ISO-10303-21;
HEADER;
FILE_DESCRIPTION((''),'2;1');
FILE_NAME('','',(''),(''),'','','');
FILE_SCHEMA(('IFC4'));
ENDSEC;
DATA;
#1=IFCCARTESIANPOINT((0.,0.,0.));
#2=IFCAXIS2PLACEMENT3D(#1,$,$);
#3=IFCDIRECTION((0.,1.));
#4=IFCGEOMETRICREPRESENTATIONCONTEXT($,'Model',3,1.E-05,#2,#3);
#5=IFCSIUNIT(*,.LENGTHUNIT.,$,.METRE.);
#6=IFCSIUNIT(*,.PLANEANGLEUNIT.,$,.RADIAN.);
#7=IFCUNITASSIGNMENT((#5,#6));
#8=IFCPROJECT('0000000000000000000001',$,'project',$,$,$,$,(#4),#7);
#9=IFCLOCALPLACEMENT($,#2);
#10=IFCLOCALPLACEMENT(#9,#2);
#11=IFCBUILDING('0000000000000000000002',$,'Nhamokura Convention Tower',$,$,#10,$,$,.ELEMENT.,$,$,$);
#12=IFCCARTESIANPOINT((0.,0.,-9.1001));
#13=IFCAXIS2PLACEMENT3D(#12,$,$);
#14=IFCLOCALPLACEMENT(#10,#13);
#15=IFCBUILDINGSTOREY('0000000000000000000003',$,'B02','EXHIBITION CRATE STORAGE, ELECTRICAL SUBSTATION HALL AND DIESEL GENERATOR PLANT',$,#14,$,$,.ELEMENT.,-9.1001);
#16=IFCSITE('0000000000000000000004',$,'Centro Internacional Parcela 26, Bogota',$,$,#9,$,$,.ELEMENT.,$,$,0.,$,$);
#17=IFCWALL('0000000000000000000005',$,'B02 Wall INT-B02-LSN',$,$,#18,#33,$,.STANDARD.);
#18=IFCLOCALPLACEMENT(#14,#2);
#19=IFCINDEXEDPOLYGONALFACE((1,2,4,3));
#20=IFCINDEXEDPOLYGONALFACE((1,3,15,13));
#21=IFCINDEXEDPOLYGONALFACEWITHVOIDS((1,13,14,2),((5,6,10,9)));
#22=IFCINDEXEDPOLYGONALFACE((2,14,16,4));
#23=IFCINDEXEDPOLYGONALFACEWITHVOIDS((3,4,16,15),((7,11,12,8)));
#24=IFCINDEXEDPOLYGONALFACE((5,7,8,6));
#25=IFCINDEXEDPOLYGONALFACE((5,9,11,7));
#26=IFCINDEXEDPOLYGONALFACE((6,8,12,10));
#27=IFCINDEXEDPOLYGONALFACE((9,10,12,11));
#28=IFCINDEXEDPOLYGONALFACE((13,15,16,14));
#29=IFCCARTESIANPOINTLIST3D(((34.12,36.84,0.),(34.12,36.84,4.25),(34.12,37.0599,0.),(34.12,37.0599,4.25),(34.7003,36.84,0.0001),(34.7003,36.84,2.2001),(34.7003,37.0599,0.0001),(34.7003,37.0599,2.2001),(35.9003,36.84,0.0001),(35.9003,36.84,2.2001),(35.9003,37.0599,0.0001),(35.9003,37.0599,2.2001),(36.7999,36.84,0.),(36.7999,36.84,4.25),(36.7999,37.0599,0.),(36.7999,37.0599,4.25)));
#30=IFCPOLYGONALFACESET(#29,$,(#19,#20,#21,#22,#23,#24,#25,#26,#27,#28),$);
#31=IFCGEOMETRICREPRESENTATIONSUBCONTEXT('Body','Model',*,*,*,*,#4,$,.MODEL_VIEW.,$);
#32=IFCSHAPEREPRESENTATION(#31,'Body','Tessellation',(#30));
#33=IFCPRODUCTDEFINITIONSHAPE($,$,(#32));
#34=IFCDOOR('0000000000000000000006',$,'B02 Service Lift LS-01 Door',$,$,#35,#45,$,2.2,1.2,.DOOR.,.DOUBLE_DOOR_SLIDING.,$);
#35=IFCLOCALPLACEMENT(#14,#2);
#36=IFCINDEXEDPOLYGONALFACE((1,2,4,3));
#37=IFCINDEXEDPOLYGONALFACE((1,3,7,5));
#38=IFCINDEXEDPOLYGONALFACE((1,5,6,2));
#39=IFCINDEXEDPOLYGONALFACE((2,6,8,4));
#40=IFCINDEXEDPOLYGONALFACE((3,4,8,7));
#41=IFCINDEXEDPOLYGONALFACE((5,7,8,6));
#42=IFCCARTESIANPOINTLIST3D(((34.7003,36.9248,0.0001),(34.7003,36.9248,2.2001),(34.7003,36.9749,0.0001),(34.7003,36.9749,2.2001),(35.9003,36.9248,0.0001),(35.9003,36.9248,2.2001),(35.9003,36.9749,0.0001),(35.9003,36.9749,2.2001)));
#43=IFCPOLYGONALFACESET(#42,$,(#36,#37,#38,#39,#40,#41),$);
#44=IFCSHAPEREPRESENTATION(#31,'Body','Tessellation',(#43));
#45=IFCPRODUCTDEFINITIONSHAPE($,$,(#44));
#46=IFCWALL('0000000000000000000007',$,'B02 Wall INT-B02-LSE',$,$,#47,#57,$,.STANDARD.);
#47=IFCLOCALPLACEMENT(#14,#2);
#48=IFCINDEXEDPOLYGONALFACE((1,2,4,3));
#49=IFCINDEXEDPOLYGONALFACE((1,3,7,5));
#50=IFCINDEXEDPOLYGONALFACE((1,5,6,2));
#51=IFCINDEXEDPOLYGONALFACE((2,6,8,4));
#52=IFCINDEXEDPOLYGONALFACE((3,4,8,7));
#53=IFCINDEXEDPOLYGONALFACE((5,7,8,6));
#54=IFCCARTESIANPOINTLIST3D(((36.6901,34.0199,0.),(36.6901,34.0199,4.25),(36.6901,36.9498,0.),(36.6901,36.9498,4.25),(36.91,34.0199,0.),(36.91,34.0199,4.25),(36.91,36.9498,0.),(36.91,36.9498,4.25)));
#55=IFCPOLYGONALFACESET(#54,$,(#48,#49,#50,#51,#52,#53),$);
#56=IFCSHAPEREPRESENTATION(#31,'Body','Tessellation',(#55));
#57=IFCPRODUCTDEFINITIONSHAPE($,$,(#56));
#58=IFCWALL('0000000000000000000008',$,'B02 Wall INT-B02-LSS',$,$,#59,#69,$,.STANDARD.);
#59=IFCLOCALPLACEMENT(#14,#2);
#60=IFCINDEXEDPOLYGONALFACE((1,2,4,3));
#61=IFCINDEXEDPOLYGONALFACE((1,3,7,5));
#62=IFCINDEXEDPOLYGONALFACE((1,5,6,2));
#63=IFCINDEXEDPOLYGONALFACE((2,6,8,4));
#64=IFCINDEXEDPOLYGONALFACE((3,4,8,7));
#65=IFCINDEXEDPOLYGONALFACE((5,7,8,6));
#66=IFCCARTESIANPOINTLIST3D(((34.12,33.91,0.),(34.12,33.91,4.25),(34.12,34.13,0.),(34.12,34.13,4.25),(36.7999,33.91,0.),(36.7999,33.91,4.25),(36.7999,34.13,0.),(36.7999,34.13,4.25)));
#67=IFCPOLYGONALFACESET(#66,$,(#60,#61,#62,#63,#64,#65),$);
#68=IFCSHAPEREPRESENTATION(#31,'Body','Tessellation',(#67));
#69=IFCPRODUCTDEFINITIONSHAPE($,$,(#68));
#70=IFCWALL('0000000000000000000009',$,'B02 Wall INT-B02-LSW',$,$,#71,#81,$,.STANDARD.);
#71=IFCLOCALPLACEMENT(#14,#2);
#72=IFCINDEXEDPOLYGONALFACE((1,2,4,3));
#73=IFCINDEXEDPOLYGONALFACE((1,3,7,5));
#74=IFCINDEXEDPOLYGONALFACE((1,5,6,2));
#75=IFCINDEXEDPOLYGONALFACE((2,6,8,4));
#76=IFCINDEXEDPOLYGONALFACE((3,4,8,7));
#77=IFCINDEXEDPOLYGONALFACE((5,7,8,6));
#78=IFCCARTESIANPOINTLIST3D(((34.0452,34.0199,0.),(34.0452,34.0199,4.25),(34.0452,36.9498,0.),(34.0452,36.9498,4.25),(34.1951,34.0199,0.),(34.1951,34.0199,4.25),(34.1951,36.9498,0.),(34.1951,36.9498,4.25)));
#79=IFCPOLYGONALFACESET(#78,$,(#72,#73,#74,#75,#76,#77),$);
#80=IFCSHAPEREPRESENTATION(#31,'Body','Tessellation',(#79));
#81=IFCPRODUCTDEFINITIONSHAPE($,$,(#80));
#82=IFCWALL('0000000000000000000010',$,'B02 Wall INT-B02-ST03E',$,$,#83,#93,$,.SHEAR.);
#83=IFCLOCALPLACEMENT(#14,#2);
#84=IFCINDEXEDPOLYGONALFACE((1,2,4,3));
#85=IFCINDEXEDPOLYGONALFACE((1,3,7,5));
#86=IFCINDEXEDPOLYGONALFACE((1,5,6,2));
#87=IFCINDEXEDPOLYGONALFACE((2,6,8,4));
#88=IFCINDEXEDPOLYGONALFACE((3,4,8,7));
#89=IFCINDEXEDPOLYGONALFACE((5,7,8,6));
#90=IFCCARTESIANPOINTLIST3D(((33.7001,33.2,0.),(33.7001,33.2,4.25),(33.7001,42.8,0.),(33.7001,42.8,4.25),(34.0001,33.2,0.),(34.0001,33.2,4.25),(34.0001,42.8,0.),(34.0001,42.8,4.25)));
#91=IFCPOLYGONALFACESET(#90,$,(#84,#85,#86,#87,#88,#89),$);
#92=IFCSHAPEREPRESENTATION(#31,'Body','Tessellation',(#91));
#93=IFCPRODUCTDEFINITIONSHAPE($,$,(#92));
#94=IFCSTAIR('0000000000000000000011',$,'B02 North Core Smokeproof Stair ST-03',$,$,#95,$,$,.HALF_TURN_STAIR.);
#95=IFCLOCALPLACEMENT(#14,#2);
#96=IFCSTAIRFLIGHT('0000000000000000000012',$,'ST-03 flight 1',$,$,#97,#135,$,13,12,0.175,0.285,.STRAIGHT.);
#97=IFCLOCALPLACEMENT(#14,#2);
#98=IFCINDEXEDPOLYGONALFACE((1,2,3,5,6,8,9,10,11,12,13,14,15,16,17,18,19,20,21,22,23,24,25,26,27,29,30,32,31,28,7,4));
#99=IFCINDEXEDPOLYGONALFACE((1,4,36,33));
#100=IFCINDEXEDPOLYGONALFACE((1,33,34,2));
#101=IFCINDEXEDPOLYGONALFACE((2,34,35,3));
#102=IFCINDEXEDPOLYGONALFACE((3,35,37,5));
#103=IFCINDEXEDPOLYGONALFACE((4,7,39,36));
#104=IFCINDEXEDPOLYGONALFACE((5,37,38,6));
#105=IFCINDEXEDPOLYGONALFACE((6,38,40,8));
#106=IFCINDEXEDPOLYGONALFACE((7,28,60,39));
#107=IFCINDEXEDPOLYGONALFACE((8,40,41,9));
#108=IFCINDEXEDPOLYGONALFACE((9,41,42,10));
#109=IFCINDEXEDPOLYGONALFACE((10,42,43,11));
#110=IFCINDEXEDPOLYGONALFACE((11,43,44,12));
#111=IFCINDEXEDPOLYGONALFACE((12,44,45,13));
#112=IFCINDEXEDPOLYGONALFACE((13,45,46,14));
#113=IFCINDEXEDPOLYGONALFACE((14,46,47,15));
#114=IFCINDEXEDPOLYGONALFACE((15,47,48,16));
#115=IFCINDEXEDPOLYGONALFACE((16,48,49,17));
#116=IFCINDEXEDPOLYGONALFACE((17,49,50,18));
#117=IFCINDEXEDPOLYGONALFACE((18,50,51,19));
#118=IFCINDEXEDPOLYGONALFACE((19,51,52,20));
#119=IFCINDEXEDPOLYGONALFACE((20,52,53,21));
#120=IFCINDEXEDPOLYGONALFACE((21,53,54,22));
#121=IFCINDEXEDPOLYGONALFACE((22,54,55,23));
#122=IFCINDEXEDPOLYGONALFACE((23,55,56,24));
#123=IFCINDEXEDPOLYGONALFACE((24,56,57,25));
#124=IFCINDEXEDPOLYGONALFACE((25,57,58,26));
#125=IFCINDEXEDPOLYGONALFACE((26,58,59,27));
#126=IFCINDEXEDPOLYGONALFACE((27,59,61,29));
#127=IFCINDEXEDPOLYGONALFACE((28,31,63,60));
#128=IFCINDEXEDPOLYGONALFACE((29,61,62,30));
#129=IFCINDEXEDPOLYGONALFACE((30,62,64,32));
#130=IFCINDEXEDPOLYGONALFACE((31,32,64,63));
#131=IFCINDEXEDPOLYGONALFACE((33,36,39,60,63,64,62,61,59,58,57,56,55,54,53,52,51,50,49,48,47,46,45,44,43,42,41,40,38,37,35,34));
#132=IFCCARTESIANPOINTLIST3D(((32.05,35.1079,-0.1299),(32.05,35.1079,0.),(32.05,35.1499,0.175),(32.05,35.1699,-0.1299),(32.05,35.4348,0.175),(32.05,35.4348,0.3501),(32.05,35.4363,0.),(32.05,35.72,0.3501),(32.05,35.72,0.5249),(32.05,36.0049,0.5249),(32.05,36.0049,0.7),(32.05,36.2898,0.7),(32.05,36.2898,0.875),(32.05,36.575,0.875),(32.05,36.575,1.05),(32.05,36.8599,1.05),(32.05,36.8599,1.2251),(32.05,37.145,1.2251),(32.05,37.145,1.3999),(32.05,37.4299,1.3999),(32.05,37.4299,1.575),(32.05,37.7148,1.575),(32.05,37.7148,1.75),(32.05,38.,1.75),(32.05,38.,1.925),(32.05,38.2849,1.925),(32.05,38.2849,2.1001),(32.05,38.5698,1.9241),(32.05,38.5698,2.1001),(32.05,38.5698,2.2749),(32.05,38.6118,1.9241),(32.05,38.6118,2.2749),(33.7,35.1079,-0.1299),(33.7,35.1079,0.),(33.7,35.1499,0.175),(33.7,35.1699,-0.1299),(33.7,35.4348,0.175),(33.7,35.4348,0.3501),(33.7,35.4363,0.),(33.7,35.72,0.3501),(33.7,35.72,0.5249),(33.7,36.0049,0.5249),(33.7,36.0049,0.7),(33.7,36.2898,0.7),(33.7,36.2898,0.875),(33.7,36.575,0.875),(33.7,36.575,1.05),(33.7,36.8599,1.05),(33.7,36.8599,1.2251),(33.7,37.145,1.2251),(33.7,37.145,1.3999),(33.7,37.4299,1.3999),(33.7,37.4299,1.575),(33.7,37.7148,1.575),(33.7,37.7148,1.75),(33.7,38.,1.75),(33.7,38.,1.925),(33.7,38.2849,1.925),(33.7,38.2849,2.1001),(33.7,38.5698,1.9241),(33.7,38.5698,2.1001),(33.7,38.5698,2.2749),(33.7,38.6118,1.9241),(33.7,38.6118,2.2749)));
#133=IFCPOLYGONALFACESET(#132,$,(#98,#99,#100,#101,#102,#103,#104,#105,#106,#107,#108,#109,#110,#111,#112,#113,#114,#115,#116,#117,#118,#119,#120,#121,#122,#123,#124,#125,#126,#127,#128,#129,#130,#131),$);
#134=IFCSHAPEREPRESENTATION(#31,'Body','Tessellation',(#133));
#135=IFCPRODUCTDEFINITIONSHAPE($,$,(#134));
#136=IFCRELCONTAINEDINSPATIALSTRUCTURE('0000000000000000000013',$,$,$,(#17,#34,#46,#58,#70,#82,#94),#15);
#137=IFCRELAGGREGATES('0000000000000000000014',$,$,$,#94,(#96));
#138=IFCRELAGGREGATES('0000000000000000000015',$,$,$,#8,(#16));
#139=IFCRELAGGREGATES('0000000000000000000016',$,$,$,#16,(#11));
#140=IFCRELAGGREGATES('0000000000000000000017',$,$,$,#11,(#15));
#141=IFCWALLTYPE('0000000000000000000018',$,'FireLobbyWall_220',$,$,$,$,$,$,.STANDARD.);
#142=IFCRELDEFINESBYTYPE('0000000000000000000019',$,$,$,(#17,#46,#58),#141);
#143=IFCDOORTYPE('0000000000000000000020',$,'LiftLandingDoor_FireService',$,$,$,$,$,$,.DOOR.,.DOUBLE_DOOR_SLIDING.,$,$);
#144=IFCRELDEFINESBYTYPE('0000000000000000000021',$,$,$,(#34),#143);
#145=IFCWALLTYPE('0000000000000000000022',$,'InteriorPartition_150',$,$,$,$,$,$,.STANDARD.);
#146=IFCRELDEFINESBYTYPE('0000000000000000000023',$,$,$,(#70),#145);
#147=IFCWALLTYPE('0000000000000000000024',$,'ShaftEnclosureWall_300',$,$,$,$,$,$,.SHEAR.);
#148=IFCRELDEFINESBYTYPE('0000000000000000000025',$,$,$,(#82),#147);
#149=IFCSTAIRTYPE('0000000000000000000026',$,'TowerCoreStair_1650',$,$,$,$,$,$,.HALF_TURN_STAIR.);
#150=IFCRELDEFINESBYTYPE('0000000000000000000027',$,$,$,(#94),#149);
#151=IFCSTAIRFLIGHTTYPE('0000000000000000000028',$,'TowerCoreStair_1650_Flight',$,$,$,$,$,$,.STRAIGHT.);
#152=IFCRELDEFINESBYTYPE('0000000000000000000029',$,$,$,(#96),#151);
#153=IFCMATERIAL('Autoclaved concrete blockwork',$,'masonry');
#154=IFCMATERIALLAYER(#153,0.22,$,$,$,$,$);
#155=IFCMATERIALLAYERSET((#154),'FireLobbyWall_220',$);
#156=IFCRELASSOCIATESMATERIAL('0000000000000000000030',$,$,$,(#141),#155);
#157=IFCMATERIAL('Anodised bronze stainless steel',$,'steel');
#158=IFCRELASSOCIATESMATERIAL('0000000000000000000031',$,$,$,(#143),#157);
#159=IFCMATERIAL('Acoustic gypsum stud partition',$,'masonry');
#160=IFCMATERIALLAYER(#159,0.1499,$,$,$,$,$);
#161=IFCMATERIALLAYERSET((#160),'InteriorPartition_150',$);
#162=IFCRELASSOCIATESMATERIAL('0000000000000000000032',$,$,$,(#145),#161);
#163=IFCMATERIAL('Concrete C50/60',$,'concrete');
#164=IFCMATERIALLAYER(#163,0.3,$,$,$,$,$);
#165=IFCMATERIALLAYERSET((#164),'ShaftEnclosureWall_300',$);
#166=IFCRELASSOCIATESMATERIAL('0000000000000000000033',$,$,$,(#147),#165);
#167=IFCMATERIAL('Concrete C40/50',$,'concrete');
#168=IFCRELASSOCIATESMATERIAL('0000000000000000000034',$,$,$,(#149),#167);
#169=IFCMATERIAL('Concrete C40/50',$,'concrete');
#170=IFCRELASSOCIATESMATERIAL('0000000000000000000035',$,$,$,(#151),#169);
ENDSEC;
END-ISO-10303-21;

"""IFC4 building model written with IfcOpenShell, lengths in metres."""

from ifc_helpers import new_model, si_unit, direction, frame, frame_2d, origin, place, context, subcontext, project, spatial, polyline, rectangle, outline, extrude, material, layer, layer_set, type_object, element, fill, aggregate, save


model = new_model("IFC4")

# Units and contexts
model_context = context("Model", 3, precision=1e-05, world=origin(), true_north=direction((0.0, 1.0)))
body_context = subcontext(model_context, "Body", "Model", "MODEL_VIEW")
ifc_project = project(units=[si_unit("LENGTHUNIT", "METRE"), si_unit("PLANEANGLEUNIT", "RADIAN")], contexts=[model_context])

# Site, building, storey
site_placement = place(None, origin())
site = spatial("IfcSite", under=ifc_project, at=site_placement, Name="Centro Internacional Parcela 26, Bogota", CompositionType="ELEMENT", RefElevation=0.0)
building_placement = place(site_placement, origin())
building = spatial("IfcBuilding", under=site, at=building_placement, Name="Nhamokura Convention Tower", CompositionType="ELEMENT")
storey_placement = place(building_placement, frame((0.0, 0.0, -9.1001)))
storey = spatial("IfcBuildingStorey", under=building, at=storey_placement, Name="B02", Description="EXHIBITION CRATE STORAGE, ELECTRICAL SUBSTATION HALL AND DIESEL GENERATOR PLANT", CompositionType="ELEMENT", Elevation=-9.1001)

# Shared definitions
ifc_material_1 = material(Name="Autoclaved concrete blockwork", Category="masonry")
ifc_layer_1 = layer(ifc_material_1, 0.22)
ifc_layer_set_1 = layer_set([ifc_layer_1], Name="FireLobbyWall_220")
wall_type_1 = type_object("IfcWallType", Name="FireLobbyWall_220", PredefinedType="STANDARD", material=ifc_layer_set_1)
ifc_material_2 = material(Name="Anodised bronze stainless steel", Category="steel")
door_type = type_object("IfcDoorType", Name="LiftLandingDoor_FireService", OperationType="DOUBLE_DOOR_SLIDING", PredefinedType="DOOR", material=ifc_material_2)

# Wall, opening, door
wall_1_placement = place(storey_placement, frame((34.1201, 36.95, 0.0), z_axis=(0.0, 0.0, 1.0), x_axis=(1.0, 0.0, 0.0)))
wall_1 = element("IfcWall", 1, at=wall_1_placement, inside=storey, type_object=wall_type_1, Name="B02 Wall INT-B02-LSN", PredefinedType="STANDARD", context=body_context, shape_type="SweptSolid", body=[
    extrude(rectangle(XDim=2.6799, YDim=0.22, at=frame_2d((1.3398, 0.0))), origin(), (0.0, 0.0, 1.0), 4.25),
])
opening_1_placement = place(wall_1_placement, frame((0.5801, 0.0, 0.0)))
opening_1 = element("IfcOpeningElement", 2, at=opening_1_placement, cuts=wall_1, PredefinedType="OPENING", context=body_context, shape_type="SweptSolid", body=[
    extrude(rectangle(XDim=1.2, YDim=2.2, at=frame_2d((0.6001, 1.1001))), frame((0.0, 0.1199, 0.0), z_axis=(0.0, -1.0, 0.0), x_axis=(1.0, 0.0, 0.0)), (0.0, 0.0, 1.0), 0.24),
])
door_1_placement = place(opening_1_placement, origin())
door_1 = element("IfcDoor", 3, at=door_1_placement, inside=storey, type_object=door_type, Name="B02 Service Lift LS-01 Door", OperationType="DOUBLE_DOOR_SLIDING", OverallHeight=2.2, OverallWidth=1.2, PredefinedType="DOOR", context=body_context, shape_type="SweptSolid", body=[
    extrude(rectangle(XDim=1.2, YDim=2.2, at=frame_2d((0.6001, 1.1001))), frame((0.0, 0.0249, 0.0), z_axis=(0.0, -1.0, 0.0), x_axis=(1.0, 0.0, 0.0)), (0.0, 0.0, 1.0), 0.05),
])
fill(opening_1, door_1)

# Walls
wall_2_placement = place(storey_placement, frame((36.8, 34.02, 0.0), z_axis=(0.0, 0.0, 1.0), x_axis=(0.0, 1.0, 0.0)))
element("IfcWall", 4, at=wall_2_placement, inside=storey, type_object=wall_type_1, Name="B02 Wall INT-B02-LSE", PredefinedType="STANDARD", context=body_context, shape_type="SweptSolid", body=[
    extrude(rectangle(XDim=2.9299, YDim=0.22, at=frame_2d((1.4648, 0.0))), origin(), (0.0, 0.0, 1.0), 4.25),
])
wall_3_placement = place(storey_placement, frame((34.1201, 34.02, 0.0), z_axis=(0.0, 0.0, 1.0), x_axis=(1.0, 0.0, 0.0)))
element("IfcWall", 5, at=wall_3_placement, inside=storey, type_object=wall_type_1, Name="B02 Wall INT-B02-LSS", PredefinedType="STANDARD", context=body_context, shape_type="SweptSolid", body=[
    extrude(rectangle(XDim=2.6799, YDim=0.22, at=frame_2d((1.3398, 0.0))), origin(), (0.0, 0.0, 1.0), 4.25),
])
ifc_material_3 = material(Name="Acoustic gypsum stud partition", Category="masonry")
ifc_layer_2 = layer(ifc_material_3, 0.1499)
ifc_layer_set_2 = layer_set([ifc_layer_2], Name="InteriorPartition_150")
wall_type_2 = type_object("IfcWallType", Name="InteriorPartition_150", PredefinedType="STANDARD", material=ifc_layer_set_2)
wall_4_placement = place(storey_placement, frame((34.1201, 34.02, 0.0), z_axis=(0.0, 0.0, 1.0), x_axis=(0.0, 1.0, 0.0)))
element("IfcWall", 6, at=wall_4_placement, inside=storey, type_object=wall_type_2, Name="B02 Wall INT-B02-LSW", PredefinedType="STANDARD", context=body_context, shape_type="SweptSolid", body=[
    extrude(rectangle(XDim=2.9299, YDim=0.1499, at=frame_2d((1.4648, 0.0))), origin(), (0.0, 0.0, 1.0), 4.25),
])
ifc_material_4 = material(Name="Concrete C50/60", Category="concrete")
ifc_layer_3 = layer(ifc_material_4, 0.3)
ifc_layer_set_3 = layer_set([ifc_layer_3], Name="ShaftEnclosureWall_300")
wall_type_3 = type_object("IfcWallType", Name="ShaftEnclosureWall_300", PredefinedType="SHEAR", material=ifc_layer_set_3)
wall_5_placement = place(storey_placement, frame((33.8501, 33.2, 0.0), z_axis=(0.0, 0.0, 1.0), x_axis=(0.0, 1.0, 0.0)))
element("IfcWall", 7, at=wall_5_placement, inside=storey, type_object=wall_type_3, Name="B02 Wall INT-B02-ST03E", PredefinedType="SHEAR", context=body_context, shape_type="SweptSolid", body=[
    extrude(rectangle(XDim=9.6001, YDim=0.3, at=frame_2d((4.8, 0.0))), origin(), (0.0, 0.0, 1.0), 4.25),
])

# Stair, stair flight
ifc_material_5 = material(Name="Concrete C40/50", Category="concrete")
stair_type = type_object("IfcStairType", Name="TowerCoreStair_1650", PredefinedType="HALF_TURN_STAIR", material=ifc_material_5)
stair_placement = place(storey_placement, origin())
stair = element("IfcStair", 8, at=stair_placement, inside=storey, type_object=stair_type, Name="B02 North Core Smokeproof Stair ST-03", PredefinedType="HALF_TURN_STAIR")
ifc_material_6 = material(Name="Concrete C40/50", Category="concrete")
stair_flight_type = type_object("IfcStairFlightType", Name="TowerCoreStair_1650_Flight", PredefinedType="STRAIGHT", material=ifc_material_6)
stair_flight_placement = place(storey_placement, frame((32.875, 35.1499, 0.0), z_axis=(0.0, 0.0, 1.0), x_axis=(0.0, 1.0, 0.0)))
stair_flight = element("IfcStairFlight", 9, at=stair_flight_placement, type_object=stair_flight_type, Name="ST-03 flight 1", NumberOfRisers=13, NumberOfTreads=12, PredefinedType="STRAIGHT", RiserHeight=0.175, TreadLength=0.285, context=body_context, shape_type="SweptSolid", body=[
    extrude(outline(polyline([(-0.042, 0.0), (0.0, 0.175), (0.2849, 0.175), (0.2849, 0.3501), (0.5701, 0.3501), (0.5701, 0.5249), (0.855, 0.5249), (0.855, 0.7), (1.1399, 0.7), (1.1399, 0.875), (1.425, 0.875), (1.425, 1.05), (1.71, 1.05), (1.71, 1.2251), (1.9951, 1.2251), (1.9951, 1.3999), (2.28, 1.3999), (2.28, 1.575), (2.5649, 1.575), (2.5649, 1.75), (2.8501, 1.75), (2.8501, 1.925), (3.135, 1.925), (3.135, 2.1001), (3.4199, 2.1001), (3.4199, 2.2749), (3.4619, 2.2749), (3.4619, 1.9241), (3.4199, 1.9241), (0.2864, 0.0), (0.02, -0.1299), (-0.042, -0.1299), (-0.042, 0.0)])), frame((0.0, 0.825, 0.0), z_axis=(0.0, -1.0, 0.0), x_axis=(1.0, 0.0, 0.0)), (0.0, 0.0, 1.0), 1.6499),
])
aggregate(stair, [stair_flight])

save(model, "model.ifc")
